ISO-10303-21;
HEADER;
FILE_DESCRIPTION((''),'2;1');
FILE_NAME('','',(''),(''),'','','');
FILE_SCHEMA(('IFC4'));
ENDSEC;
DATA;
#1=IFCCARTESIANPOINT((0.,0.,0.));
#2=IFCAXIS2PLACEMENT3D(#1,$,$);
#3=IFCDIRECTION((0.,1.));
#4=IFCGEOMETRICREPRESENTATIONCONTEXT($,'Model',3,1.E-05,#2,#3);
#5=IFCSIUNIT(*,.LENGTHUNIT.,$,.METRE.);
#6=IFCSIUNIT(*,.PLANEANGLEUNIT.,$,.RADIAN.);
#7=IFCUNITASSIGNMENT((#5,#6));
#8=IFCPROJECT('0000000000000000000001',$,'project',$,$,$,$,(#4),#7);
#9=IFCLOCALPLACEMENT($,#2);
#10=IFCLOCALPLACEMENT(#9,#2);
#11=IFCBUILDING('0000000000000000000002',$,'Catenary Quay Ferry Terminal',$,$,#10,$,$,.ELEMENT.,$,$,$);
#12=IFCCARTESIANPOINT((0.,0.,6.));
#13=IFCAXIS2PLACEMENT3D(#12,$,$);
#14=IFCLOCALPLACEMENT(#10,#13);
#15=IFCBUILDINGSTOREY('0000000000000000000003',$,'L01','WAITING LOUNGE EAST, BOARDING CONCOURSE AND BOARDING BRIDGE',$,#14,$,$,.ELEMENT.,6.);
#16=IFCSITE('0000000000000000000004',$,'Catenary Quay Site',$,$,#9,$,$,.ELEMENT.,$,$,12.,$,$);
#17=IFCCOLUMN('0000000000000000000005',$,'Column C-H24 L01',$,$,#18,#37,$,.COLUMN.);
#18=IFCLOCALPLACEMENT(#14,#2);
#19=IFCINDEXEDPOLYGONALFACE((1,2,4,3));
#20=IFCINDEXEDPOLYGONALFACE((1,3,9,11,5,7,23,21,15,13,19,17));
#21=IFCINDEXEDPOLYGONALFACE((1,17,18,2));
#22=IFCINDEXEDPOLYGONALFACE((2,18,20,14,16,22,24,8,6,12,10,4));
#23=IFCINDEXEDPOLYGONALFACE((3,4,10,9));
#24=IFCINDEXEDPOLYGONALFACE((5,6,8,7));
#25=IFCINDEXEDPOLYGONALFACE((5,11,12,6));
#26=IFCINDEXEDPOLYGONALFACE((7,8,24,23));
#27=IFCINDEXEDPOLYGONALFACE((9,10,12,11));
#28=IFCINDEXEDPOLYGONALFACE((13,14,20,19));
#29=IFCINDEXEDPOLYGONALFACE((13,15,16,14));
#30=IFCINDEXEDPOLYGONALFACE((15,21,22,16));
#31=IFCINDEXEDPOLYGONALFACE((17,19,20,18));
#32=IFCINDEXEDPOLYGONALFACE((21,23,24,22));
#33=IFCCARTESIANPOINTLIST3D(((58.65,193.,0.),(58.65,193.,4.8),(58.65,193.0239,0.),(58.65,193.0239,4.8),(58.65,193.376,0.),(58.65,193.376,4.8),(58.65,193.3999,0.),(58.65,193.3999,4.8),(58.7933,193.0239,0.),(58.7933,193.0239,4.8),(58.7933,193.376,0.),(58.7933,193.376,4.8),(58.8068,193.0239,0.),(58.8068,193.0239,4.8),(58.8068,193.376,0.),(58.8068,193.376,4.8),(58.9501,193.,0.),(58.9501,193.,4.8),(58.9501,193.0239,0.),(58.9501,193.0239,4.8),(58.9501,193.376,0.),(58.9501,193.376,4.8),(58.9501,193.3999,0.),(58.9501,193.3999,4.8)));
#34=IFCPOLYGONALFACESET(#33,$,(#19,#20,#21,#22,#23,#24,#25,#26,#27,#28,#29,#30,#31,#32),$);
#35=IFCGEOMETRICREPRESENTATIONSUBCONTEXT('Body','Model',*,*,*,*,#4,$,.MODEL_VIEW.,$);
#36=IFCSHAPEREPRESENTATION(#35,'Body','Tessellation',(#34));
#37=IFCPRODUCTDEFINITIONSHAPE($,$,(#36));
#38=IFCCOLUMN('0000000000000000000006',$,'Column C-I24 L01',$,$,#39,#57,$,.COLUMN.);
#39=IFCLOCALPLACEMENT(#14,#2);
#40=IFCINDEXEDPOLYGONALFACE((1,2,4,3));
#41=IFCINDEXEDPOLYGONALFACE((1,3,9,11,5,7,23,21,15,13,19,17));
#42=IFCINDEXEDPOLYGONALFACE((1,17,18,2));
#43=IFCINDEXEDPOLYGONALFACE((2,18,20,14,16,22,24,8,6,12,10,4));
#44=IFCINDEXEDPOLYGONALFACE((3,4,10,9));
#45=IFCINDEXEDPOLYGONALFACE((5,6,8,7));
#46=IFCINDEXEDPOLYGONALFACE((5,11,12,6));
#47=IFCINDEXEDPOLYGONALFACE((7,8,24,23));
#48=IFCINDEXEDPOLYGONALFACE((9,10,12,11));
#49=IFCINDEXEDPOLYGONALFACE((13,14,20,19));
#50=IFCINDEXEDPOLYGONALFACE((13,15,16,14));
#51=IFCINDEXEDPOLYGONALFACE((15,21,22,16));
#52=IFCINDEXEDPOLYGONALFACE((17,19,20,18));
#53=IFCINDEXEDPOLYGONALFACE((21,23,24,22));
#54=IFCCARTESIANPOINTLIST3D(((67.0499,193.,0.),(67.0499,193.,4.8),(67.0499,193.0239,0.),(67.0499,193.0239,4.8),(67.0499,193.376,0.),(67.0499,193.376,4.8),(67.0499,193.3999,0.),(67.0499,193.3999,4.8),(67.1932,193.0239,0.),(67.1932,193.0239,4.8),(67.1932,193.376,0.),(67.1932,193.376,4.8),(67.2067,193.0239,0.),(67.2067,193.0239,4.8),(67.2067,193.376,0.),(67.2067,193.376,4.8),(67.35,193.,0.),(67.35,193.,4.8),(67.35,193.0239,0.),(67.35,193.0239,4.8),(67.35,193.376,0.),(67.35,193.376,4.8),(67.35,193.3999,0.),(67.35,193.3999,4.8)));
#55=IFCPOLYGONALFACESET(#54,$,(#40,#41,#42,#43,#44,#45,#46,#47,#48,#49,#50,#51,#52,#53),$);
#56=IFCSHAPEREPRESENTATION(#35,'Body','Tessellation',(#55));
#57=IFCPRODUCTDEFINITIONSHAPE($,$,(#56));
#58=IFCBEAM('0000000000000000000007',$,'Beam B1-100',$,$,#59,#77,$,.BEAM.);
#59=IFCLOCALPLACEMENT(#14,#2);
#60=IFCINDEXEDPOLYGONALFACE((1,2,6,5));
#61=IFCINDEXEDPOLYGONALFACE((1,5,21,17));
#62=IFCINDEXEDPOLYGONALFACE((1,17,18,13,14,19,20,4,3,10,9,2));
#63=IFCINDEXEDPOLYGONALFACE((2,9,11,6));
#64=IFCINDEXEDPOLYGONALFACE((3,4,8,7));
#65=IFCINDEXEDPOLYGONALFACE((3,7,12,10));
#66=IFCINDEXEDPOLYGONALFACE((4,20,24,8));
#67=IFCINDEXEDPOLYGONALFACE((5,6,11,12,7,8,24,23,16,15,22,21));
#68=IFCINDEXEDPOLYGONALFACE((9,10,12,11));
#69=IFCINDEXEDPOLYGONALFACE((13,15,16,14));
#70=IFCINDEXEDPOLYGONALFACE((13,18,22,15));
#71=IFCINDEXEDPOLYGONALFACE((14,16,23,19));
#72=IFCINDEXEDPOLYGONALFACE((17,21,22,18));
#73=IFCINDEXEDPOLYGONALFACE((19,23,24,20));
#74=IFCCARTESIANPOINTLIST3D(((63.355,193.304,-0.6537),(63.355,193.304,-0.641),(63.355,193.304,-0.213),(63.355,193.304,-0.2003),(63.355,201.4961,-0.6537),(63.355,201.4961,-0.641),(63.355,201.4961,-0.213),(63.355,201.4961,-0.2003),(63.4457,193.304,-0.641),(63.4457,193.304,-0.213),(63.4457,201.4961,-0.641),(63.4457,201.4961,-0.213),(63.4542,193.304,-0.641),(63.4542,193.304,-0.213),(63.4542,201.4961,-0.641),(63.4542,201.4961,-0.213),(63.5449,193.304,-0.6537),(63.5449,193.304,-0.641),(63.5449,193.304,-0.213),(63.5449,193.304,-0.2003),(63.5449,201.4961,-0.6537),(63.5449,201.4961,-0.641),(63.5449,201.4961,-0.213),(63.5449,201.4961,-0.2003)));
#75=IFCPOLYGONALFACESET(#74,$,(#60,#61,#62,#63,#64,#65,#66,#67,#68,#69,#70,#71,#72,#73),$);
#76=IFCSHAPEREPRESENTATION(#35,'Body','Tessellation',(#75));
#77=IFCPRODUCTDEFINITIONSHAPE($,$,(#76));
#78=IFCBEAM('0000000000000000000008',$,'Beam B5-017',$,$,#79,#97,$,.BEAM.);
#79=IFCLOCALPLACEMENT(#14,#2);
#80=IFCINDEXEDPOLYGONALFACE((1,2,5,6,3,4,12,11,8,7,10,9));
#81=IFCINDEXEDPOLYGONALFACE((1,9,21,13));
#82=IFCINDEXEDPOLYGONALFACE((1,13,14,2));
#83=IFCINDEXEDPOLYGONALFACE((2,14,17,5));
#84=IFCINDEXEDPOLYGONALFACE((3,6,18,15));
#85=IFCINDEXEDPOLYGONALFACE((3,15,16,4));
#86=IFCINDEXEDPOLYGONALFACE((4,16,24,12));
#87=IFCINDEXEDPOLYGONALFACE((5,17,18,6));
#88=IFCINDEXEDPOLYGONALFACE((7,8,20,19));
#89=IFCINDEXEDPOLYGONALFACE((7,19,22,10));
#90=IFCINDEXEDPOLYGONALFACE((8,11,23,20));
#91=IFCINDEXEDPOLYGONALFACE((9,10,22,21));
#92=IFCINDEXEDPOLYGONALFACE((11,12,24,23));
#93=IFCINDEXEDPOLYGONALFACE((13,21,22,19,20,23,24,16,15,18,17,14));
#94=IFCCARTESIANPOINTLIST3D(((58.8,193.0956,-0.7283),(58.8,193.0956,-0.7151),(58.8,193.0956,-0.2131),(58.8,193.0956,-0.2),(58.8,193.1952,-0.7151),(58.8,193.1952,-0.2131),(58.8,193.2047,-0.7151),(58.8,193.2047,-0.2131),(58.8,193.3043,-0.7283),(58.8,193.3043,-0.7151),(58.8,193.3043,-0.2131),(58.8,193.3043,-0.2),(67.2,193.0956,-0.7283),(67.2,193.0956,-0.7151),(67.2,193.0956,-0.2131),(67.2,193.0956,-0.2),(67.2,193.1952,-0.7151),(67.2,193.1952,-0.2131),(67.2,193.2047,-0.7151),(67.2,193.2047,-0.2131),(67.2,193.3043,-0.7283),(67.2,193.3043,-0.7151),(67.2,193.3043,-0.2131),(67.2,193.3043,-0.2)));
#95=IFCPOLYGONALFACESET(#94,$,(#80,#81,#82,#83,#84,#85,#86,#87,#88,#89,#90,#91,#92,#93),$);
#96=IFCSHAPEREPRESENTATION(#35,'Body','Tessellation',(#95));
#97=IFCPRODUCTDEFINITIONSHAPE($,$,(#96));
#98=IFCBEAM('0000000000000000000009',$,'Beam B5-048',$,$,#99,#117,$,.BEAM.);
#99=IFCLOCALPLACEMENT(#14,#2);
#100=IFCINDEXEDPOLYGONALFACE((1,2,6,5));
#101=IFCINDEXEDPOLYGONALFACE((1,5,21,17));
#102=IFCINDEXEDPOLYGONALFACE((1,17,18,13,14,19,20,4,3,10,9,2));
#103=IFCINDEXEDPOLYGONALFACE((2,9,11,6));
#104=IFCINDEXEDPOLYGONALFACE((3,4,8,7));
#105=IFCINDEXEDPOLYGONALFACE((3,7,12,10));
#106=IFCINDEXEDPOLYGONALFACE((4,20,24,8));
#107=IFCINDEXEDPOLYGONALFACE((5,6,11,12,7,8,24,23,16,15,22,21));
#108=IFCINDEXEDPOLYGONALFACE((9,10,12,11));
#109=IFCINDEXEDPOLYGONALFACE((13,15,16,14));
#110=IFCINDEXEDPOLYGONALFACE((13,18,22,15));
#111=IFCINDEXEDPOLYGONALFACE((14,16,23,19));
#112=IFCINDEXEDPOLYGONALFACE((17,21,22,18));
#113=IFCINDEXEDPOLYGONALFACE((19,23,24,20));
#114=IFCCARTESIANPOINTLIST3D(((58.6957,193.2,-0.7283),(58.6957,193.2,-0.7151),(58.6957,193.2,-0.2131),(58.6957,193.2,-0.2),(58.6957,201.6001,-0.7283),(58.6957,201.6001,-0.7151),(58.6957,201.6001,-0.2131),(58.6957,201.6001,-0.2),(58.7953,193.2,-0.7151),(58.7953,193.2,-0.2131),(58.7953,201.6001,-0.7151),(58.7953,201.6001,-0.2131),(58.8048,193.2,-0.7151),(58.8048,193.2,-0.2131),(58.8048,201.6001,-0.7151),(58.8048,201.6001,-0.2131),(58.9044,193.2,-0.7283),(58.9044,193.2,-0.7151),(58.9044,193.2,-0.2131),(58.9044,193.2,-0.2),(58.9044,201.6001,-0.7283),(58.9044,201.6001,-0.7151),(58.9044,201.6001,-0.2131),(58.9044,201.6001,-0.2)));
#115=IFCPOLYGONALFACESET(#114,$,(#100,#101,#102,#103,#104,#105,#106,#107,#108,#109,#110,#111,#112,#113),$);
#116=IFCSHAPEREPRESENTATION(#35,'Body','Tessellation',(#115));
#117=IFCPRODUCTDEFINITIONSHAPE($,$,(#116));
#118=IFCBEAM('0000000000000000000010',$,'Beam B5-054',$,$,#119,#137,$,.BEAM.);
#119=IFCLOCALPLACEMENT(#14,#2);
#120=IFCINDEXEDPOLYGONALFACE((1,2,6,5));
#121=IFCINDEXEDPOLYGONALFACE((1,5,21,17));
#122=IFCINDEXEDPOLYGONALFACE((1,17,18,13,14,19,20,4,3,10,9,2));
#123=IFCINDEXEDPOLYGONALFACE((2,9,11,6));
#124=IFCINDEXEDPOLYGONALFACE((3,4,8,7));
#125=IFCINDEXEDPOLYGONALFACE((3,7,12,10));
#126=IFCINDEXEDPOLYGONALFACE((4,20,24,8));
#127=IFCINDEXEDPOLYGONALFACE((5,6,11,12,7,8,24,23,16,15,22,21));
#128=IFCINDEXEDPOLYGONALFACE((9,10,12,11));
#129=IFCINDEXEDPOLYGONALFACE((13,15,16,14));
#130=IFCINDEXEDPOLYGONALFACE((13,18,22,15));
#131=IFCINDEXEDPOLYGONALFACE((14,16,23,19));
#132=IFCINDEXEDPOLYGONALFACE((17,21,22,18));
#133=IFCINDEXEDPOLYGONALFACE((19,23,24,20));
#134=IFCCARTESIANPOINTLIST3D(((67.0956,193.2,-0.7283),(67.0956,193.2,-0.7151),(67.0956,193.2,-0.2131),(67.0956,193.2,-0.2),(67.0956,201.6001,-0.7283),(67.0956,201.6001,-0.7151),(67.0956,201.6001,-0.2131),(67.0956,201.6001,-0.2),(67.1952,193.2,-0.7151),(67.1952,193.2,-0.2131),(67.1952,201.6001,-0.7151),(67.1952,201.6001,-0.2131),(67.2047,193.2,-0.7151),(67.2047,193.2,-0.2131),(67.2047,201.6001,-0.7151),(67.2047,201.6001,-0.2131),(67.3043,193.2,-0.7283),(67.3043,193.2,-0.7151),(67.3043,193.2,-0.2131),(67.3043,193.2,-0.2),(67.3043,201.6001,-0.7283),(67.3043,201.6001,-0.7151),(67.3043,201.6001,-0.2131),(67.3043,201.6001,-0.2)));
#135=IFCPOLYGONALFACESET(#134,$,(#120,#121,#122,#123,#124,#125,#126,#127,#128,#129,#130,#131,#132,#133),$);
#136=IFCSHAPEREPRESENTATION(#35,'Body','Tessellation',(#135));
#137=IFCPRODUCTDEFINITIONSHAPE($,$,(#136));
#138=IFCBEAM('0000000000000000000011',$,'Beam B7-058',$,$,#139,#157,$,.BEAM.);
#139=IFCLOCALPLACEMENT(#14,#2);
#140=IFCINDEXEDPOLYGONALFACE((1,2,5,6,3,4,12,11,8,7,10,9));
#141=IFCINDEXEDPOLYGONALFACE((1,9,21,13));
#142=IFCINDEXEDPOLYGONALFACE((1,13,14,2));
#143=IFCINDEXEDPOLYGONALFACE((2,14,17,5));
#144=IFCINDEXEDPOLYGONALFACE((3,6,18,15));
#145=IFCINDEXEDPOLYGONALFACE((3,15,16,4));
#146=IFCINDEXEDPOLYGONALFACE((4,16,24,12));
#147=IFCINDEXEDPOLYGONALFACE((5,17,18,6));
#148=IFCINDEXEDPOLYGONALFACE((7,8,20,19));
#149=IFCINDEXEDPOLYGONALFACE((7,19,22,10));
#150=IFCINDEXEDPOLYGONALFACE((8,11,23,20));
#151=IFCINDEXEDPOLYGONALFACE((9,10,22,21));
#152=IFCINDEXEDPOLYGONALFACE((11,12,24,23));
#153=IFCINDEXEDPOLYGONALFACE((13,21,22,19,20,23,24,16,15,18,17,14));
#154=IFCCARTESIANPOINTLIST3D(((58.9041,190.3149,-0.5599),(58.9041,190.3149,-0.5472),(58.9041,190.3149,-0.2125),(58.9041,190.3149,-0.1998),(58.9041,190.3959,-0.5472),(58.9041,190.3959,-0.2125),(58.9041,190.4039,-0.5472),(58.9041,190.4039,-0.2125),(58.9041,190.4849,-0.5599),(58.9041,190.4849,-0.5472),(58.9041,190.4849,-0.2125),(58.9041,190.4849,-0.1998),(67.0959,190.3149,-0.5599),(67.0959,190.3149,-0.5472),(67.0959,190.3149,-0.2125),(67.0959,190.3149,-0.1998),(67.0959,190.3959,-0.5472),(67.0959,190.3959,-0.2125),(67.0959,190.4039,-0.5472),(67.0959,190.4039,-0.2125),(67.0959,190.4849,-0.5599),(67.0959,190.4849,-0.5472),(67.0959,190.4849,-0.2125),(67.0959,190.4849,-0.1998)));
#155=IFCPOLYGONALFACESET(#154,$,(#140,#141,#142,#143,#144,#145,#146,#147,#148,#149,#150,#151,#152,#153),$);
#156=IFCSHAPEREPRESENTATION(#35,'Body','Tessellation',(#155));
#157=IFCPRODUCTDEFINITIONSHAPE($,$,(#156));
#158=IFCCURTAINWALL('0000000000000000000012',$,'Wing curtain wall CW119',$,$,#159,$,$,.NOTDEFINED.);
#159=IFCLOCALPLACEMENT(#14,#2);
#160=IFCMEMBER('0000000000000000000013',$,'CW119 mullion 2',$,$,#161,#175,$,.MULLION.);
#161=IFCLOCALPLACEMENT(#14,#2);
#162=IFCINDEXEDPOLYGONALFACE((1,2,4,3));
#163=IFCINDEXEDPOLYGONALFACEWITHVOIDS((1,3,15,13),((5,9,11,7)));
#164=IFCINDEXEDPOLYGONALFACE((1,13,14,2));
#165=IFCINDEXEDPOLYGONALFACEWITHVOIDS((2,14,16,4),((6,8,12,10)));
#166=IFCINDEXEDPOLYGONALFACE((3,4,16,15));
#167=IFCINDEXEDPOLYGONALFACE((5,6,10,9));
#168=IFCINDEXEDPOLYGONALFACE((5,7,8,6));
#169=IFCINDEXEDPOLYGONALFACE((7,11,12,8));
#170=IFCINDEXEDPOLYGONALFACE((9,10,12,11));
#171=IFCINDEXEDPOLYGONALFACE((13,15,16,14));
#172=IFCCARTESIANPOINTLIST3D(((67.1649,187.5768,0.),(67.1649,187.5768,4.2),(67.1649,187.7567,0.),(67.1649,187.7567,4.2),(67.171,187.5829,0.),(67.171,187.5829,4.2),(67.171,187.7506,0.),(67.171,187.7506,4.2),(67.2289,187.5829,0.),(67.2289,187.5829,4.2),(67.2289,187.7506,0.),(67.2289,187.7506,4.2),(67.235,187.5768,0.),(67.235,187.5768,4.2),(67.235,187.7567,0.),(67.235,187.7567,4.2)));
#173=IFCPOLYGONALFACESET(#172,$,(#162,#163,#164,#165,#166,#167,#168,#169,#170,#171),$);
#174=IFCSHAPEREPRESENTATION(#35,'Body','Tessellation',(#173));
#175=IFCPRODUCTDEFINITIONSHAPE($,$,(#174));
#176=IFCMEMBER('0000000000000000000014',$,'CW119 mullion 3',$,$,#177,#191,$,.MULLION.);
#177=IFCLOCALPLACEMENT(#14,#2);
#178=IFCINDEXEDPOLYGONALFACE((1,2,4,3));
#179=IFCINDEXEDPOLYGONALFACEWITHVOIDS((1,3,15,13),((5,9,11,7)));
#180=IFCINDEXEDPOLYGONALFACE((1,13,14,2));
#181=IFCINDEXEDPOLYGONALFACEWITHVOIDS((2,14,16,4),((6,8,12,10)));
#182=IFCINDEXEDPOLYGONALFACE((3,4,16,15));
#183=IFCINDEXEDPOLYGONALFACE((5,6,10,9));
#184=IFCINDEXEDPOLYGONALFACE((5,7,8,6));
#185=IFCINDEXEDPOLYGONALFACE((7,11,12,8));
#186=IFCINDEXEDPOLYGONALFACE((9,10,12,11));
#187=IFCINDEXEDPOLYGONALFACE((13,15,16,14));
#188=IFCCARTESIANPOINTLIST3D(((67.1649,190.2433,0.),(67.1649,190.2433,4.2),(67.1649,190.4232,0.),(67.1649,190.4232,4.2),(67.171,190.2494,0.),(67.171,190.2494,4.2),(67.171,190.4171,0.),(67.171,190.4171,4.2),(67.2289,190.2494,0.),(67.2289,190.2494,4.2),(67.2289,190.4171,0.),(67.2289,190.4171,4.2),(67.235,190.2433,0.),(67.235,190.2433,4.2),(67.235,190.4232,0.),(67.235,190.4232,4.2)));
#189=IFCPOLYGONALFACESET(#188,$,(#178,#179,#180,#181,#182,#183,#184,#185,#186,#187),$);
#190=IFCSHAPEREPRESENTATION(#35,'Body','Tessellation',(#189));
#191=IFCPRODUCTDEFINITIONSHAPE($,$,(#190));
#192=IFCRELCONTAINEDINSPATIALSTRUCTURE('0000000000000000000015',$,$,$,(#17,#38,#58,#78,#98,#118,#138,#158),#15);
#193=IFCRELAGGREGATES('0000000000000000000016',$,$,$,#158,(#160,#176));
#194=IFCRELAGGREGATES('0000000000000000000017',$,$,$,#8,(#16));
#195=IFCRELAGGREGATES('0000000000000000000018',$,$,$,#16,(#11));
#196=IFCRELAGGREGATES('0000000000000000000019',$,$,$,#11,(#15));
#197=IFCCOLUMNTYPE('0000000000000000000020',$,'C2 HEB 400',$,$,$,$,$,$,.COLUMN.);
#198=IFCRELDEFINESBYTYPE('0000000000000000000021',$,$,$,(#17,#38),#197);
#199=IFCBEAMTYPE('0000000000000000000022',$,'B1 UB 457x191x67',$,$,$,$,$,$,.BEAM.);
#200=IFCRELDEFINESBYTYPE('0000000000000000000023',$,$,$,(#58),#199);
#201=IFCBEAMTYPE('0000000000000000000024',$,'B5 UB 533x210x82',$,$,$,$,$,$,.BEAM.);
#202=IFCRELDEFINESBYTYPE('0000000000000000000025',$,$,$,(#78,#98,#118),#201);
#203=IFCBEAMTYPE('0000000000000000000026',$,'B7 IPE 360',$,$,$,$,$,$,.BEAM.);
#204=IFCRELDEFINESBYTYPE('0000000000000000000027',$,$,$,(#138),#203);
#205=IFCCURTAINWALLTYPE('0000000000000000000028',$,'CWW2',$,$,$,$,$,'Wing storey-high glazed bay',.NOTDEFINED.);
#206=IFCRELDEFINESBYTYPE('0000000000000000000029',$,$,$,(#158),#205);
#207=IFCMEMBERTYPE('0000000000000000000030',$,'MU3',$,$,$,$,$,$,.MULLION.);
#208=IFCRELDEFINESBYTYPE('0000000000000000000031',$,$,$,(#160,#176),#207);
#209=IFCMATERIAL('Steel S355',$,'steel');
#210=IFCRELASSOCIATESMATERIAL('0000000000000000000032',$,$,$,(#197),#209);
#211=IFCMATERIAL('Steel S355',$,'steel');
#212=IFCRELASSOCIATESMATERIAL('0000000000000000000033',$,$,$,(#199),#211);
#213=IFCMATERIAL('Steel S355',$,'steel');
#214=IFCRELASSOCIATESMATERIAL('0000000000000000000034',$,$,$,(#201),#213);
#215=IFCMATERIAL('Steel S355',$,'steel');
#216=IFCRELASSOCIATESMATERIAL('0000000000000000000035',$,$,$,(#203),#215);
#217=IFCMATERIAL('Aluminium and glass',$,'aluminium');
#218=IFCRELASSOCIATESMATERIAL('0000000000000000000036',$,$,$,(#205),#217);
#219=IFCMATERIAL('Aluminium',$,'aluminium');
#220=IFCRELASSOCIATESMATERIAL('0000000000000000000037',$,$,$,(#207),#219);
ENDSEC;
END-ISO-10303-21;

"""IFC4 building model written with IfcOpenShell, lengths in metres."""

from ifc_helpers import new_model, si_unit, direction, frame, origin, origin_2d, place, context, subcontext, project, spatial, hollow_rectangle, i_section, extrude, material, material_profile, profile_set, type_object, element, aggregate, save


model = new_model("IFC4")

# Units and contexts
model_context = context("Model", 3, precision=1e-05, world=origin(), true_north=direction((0.0, 1.0)))
body_context = subcontext(model_context, "Body", "Model", "MODEL_VIEW")
ifc_project = project(units=[si_unit("LENGTHUNIT", "METRE"), si_unit("PLANEANGLEUNIT", "RADIAN")], contexts=[model_context])

# Site, building, storey
site_placement = place(None, origin())
site = spatial("IfcSite", under=ifc_project, at=site_placement, Name="Catenary Quay Site", CompositionType="ELEMENT", RefElevation=12.0)
building_placement = place(site_placement, origin())
building = spatial("IfcBuilding", under=site, at=building_placement, Name="Catenary Quay Ferry Terminal", CompositionType="ELEMENT")
storey_placement = place(building_placement, frame((0.0, 0.0, 6.0)))
storey = spatial("IfcBuildingStorey", under=building, at=storey_placement, Name="L01", Description="WAITING LOUNGE EAST, BOARDING CONCOURSE AND BOARDING BRIDGE", CompositionType="ELEMENT", Elevation=6.0)

# Columns
ifc_material_1 = material(Name="Steel S355", Category="steel")
ifc_material_profile_1 = material_profile(ifc_material_1, i_section(OverallWidth=0.3, OverallDepth=0.3999, WebThickness=0.0134, FlangeThickness=0.0239, at=origin_2d()), Name="HEB 400")
ifc_profile_set_1 = profile_set([ifc_material_profile_1], Name="Steel S355")
column_type = type_object("IfcColumnType", Name="C2 HEB 400", PredefinedType="COLUMN", material=ifc_profile_set_1)
for number, where, z_axis, x_axis, name in (
    (1, (58.8, 193.2, 0.0), (0.0, 0.0, 1.0), (1.0, 0.0, 0.0), "Column C-H24 L01"),
    (2, (67.2, 193.2, 0.0), (0.0, 0.0, 1.0), (1.0, 0.0, 0.0), "Column C-I24 L01"),
):
    element("IfcColumn", number, at=place(storey_placement, frame(where, z_axis=z_axis, x_axis=x_axis)), inside=storey, type_object=column_type, Name=name, PredefinedType="COLUMN", context=body_context, shape_type="SweptSolid", body=[
        extrude(i_section(OverallWidth=0.3, OverallDepth=0.3999, WebThickness=0.0134, FlangeThickness=0.0239, at=origin_2d()), origin(), (0.0, 0.0, 1.0), 4.8),
    ])

# Beams
ifc_material_2 = material(Name="Steel S355", Category="steel")
ifc_material_profile_2 = material_profile(ifc_material_2, i_section(OverallWidth=0.1899, OverallDepth=0.4534, WebThickness=0.0085, FlangeThickness=0.0127, at=origin_2d()), Name="UB 457x191x67")
ifc_profile_set_2 = profile_set([ifc_material_profile_2], Name="Steel S355")
beam_type_1 = type_object("IfcBeamType", Name="B1 UB 457x191x67", PredefinedType="BEAM", material=ifc_profile_set_2)
beam_1_placement = place(storey_placement, frame((63.45, 193.304, -0.427), z_axis=(0.0, 1.0, 0.0), x_axis=(-1.0, 0.0, 0.0)))
element("IfcBeam", 3, at=beam_1_placement, inside=storey, type_object=beam_type_1, Name="Beam B1-100", PredefinedType="BEAM", context=body_context, shape_type="SweptSolid", body=[
    extrude(i_section(OverallWidth=0.1899, OverallDepth=0.4534, WebThickness=0.0085, FlangeThickness=0.0127, at=origin_2d()), origin(), (0.0, 0.0, 1.0), 8.1921),
])
ifc_material_3 = material(Name="Steel S355", Category="steel")
ifc_material_profile_3 = material_profile(ifc_material_3, i_section(OverallWidth=0.2087, OverallDepth=0.5283, WebThickness=0.0095, FlangeThickness=0.0132, at=origin_2d()), Name="UB 533x210x82")
ifc_profile_set_3 = profile_set([ifc_material_profile_3], Name="Steel S355")
beam_type_2 = type_object("IfcBeamType", Name="B5 UB 533x210x82", PredefinedType="BEAM", material=ifc_profile_set_3)
beam_2_placement = place(storey_placement, frame((58.8, 193.2, -0.4641), z_axis=(1.0, 0.0, 0.0), x_axis=(0.0, 1.0, 0.0)))
element("IfcBeam", 4, at=beam_2_placement, inside=storey, type_object=beam_type_2, Name="Beam B5-017", PredefinedType="BEAM", context=body_context, shape_type="SweptSolid", body=[
    extrude(i_section(OverallWidth=0.2087, OverallDepth=0.5283, WebThickness=0.0095, FlangeThickness=0.0132, at=origin_2d()), origin(), (0.0, 0.0, 1.0), 8.3999),
])
for number, where, z_axis, x_axis, name in (
    (5, (58.8, 193.2, -0.4641), (0.0, 1.0, 0.0), (-1.0, 0.0, 0.0), "Beam B5-048"),
    (6, (67.2, 193.2, -0.4641), (0.0, 1.0, 0.0), (-1.0, 0.0, 0.0), "Beam B5-054"),
):
    element("IfcBeam", number, at=place(storey_placement, frame(where, z_axis=z_axis, x_axis=x_axis)), inside=storey, type_object=beam_type_2, Name=name, PredefinedType="BEAM", context=body_context, shape_type="SweptSolid", body=[
        extrude(i_section(OverallWidth=0.2087, OverallDepth=0.5283, WebThickness=0.0095, FlangeThickness=0.0132, at=origin_2d()), origin(), (0.0, 0.0, 1.0), 8.4001),
    ])
ifc_material_4 = material(Name="Steel S355", Category="steel")
ifc_material_profile_4 = material_profile(ifc_material_4, i_section(OverallWidth=0.1699, OverallDepth=0.3601, WebThickness=0.0081, FlangeThickness=0.0127, at=origin_2d()), Name="IPE 360")
ifc_profile_set_4 = profile_set([ifc_material_profile_4], Name="Steel S355")
beam_type_3 = type_object("IfcBeamType", Name="B7 IPE 360", PredefinedType="BEAM", material=ifc_profile_set_4)
beam_3_placement = place(storey_placement, frame((58.9041, 190.3999, -0.3799), z_axis=(1.0, 0.0, 0.0), x_axis=(0.0, 1.0, 0.0)))
element("IfcBeam", 7, at=beam_3_placement, inside=storey, type_object=beam_type_3, Name="Beam B7-058", PredefinedType="BEAM", context=body_context, shape_type="SweptSolid", body=[
    extrude(i_section(OverallWidth=0.1699, OverallDepth=0.3601, WebThickness=0.0081, FlangeThickness=0.0127, at=origin_2d()), origin(), (0.0, 0.0, 1.0), 8.1919),
])

# Curtain wall, members
ifc_material_5 = material(Name="Aluminium and glass", Category="aluminium")
curtain_wall_type = type_object("IfcCurtainWallType", Name="CWW2", ElementType="Wing storey-high glazed bay", PredefinedType="NOTDEFINED", material=ifc_material_5)
curtain_wall_1_placement = place(storey_placement, origin())
curtain_wall_1 = element("IfcCurtainWall", 8, at=curtain_wall_1_placement, inside=storey, type_object=curtain_wall_type, Name="Wing curtain wall CW119", PredefinedType="NOTDEFINED")
ifc_material_6 = material(Name="Aluminium", Category="aluminium")
ifc_material_profile_5 = material_profile(ifc_material_6, hollow_rectangle(XDim=0.0701, YDim=0.1799, WallThickness=0.0061, at=origin_2d()), Name="MU3")
ifc_profile_set_5 = profile_set([ifc_material_profile_5], Name="Aluminium")
member_type_1 = type_object("IfcMemberType", Name="MU3", PredefinedType="MULLION", material=ifc_profile_set_5)
member_1_placement = place(storey_placement, frame((67.2, 187.6667, 0.0), z_axis=(0.0, 0.0, 1.0), x_axis=(-1.0, 0.0, 0.0)))
member_1 = element("IfcMember", 9, at=member_1_placement, type_object=member_type_1, Name="CW119 mullion 2", PredefinedType="MULLION", context=body_context, shape_type="SweptSolid", body=[
    extrude(hollow_rectangle(XDim=0.0701, YDim=0.1799, WallThickness=0.0061, at=origin_2d()), origin(), (0.0, 0.0, 1.0), 4.2),
])
member_2_placement = place(storey_placement, frame((67.2, 190.3333, 0.0), z_axis=(0.0, 0.0, 1.0), x_axis=(-1.0, 0.0, 0.0)))
member_2 = element("IfcMember", 10, at=member_2_placement, type_object=member_type_1, Name="CW119 mullion 3", PredefinedType="MULLION", context=body_context, shape_type="SweptSolid", body=[
    extrude(hollow_rectangle(XDim=0.0701, YDim=0.1799, WallThickness=0.0061, at=origin_2d()), origin(), (0.0, 0.0, 1.0), 4.2),
])

aggregate(curtain_wall_1, [member_1, member_2])

save(model, "model.ifc")
